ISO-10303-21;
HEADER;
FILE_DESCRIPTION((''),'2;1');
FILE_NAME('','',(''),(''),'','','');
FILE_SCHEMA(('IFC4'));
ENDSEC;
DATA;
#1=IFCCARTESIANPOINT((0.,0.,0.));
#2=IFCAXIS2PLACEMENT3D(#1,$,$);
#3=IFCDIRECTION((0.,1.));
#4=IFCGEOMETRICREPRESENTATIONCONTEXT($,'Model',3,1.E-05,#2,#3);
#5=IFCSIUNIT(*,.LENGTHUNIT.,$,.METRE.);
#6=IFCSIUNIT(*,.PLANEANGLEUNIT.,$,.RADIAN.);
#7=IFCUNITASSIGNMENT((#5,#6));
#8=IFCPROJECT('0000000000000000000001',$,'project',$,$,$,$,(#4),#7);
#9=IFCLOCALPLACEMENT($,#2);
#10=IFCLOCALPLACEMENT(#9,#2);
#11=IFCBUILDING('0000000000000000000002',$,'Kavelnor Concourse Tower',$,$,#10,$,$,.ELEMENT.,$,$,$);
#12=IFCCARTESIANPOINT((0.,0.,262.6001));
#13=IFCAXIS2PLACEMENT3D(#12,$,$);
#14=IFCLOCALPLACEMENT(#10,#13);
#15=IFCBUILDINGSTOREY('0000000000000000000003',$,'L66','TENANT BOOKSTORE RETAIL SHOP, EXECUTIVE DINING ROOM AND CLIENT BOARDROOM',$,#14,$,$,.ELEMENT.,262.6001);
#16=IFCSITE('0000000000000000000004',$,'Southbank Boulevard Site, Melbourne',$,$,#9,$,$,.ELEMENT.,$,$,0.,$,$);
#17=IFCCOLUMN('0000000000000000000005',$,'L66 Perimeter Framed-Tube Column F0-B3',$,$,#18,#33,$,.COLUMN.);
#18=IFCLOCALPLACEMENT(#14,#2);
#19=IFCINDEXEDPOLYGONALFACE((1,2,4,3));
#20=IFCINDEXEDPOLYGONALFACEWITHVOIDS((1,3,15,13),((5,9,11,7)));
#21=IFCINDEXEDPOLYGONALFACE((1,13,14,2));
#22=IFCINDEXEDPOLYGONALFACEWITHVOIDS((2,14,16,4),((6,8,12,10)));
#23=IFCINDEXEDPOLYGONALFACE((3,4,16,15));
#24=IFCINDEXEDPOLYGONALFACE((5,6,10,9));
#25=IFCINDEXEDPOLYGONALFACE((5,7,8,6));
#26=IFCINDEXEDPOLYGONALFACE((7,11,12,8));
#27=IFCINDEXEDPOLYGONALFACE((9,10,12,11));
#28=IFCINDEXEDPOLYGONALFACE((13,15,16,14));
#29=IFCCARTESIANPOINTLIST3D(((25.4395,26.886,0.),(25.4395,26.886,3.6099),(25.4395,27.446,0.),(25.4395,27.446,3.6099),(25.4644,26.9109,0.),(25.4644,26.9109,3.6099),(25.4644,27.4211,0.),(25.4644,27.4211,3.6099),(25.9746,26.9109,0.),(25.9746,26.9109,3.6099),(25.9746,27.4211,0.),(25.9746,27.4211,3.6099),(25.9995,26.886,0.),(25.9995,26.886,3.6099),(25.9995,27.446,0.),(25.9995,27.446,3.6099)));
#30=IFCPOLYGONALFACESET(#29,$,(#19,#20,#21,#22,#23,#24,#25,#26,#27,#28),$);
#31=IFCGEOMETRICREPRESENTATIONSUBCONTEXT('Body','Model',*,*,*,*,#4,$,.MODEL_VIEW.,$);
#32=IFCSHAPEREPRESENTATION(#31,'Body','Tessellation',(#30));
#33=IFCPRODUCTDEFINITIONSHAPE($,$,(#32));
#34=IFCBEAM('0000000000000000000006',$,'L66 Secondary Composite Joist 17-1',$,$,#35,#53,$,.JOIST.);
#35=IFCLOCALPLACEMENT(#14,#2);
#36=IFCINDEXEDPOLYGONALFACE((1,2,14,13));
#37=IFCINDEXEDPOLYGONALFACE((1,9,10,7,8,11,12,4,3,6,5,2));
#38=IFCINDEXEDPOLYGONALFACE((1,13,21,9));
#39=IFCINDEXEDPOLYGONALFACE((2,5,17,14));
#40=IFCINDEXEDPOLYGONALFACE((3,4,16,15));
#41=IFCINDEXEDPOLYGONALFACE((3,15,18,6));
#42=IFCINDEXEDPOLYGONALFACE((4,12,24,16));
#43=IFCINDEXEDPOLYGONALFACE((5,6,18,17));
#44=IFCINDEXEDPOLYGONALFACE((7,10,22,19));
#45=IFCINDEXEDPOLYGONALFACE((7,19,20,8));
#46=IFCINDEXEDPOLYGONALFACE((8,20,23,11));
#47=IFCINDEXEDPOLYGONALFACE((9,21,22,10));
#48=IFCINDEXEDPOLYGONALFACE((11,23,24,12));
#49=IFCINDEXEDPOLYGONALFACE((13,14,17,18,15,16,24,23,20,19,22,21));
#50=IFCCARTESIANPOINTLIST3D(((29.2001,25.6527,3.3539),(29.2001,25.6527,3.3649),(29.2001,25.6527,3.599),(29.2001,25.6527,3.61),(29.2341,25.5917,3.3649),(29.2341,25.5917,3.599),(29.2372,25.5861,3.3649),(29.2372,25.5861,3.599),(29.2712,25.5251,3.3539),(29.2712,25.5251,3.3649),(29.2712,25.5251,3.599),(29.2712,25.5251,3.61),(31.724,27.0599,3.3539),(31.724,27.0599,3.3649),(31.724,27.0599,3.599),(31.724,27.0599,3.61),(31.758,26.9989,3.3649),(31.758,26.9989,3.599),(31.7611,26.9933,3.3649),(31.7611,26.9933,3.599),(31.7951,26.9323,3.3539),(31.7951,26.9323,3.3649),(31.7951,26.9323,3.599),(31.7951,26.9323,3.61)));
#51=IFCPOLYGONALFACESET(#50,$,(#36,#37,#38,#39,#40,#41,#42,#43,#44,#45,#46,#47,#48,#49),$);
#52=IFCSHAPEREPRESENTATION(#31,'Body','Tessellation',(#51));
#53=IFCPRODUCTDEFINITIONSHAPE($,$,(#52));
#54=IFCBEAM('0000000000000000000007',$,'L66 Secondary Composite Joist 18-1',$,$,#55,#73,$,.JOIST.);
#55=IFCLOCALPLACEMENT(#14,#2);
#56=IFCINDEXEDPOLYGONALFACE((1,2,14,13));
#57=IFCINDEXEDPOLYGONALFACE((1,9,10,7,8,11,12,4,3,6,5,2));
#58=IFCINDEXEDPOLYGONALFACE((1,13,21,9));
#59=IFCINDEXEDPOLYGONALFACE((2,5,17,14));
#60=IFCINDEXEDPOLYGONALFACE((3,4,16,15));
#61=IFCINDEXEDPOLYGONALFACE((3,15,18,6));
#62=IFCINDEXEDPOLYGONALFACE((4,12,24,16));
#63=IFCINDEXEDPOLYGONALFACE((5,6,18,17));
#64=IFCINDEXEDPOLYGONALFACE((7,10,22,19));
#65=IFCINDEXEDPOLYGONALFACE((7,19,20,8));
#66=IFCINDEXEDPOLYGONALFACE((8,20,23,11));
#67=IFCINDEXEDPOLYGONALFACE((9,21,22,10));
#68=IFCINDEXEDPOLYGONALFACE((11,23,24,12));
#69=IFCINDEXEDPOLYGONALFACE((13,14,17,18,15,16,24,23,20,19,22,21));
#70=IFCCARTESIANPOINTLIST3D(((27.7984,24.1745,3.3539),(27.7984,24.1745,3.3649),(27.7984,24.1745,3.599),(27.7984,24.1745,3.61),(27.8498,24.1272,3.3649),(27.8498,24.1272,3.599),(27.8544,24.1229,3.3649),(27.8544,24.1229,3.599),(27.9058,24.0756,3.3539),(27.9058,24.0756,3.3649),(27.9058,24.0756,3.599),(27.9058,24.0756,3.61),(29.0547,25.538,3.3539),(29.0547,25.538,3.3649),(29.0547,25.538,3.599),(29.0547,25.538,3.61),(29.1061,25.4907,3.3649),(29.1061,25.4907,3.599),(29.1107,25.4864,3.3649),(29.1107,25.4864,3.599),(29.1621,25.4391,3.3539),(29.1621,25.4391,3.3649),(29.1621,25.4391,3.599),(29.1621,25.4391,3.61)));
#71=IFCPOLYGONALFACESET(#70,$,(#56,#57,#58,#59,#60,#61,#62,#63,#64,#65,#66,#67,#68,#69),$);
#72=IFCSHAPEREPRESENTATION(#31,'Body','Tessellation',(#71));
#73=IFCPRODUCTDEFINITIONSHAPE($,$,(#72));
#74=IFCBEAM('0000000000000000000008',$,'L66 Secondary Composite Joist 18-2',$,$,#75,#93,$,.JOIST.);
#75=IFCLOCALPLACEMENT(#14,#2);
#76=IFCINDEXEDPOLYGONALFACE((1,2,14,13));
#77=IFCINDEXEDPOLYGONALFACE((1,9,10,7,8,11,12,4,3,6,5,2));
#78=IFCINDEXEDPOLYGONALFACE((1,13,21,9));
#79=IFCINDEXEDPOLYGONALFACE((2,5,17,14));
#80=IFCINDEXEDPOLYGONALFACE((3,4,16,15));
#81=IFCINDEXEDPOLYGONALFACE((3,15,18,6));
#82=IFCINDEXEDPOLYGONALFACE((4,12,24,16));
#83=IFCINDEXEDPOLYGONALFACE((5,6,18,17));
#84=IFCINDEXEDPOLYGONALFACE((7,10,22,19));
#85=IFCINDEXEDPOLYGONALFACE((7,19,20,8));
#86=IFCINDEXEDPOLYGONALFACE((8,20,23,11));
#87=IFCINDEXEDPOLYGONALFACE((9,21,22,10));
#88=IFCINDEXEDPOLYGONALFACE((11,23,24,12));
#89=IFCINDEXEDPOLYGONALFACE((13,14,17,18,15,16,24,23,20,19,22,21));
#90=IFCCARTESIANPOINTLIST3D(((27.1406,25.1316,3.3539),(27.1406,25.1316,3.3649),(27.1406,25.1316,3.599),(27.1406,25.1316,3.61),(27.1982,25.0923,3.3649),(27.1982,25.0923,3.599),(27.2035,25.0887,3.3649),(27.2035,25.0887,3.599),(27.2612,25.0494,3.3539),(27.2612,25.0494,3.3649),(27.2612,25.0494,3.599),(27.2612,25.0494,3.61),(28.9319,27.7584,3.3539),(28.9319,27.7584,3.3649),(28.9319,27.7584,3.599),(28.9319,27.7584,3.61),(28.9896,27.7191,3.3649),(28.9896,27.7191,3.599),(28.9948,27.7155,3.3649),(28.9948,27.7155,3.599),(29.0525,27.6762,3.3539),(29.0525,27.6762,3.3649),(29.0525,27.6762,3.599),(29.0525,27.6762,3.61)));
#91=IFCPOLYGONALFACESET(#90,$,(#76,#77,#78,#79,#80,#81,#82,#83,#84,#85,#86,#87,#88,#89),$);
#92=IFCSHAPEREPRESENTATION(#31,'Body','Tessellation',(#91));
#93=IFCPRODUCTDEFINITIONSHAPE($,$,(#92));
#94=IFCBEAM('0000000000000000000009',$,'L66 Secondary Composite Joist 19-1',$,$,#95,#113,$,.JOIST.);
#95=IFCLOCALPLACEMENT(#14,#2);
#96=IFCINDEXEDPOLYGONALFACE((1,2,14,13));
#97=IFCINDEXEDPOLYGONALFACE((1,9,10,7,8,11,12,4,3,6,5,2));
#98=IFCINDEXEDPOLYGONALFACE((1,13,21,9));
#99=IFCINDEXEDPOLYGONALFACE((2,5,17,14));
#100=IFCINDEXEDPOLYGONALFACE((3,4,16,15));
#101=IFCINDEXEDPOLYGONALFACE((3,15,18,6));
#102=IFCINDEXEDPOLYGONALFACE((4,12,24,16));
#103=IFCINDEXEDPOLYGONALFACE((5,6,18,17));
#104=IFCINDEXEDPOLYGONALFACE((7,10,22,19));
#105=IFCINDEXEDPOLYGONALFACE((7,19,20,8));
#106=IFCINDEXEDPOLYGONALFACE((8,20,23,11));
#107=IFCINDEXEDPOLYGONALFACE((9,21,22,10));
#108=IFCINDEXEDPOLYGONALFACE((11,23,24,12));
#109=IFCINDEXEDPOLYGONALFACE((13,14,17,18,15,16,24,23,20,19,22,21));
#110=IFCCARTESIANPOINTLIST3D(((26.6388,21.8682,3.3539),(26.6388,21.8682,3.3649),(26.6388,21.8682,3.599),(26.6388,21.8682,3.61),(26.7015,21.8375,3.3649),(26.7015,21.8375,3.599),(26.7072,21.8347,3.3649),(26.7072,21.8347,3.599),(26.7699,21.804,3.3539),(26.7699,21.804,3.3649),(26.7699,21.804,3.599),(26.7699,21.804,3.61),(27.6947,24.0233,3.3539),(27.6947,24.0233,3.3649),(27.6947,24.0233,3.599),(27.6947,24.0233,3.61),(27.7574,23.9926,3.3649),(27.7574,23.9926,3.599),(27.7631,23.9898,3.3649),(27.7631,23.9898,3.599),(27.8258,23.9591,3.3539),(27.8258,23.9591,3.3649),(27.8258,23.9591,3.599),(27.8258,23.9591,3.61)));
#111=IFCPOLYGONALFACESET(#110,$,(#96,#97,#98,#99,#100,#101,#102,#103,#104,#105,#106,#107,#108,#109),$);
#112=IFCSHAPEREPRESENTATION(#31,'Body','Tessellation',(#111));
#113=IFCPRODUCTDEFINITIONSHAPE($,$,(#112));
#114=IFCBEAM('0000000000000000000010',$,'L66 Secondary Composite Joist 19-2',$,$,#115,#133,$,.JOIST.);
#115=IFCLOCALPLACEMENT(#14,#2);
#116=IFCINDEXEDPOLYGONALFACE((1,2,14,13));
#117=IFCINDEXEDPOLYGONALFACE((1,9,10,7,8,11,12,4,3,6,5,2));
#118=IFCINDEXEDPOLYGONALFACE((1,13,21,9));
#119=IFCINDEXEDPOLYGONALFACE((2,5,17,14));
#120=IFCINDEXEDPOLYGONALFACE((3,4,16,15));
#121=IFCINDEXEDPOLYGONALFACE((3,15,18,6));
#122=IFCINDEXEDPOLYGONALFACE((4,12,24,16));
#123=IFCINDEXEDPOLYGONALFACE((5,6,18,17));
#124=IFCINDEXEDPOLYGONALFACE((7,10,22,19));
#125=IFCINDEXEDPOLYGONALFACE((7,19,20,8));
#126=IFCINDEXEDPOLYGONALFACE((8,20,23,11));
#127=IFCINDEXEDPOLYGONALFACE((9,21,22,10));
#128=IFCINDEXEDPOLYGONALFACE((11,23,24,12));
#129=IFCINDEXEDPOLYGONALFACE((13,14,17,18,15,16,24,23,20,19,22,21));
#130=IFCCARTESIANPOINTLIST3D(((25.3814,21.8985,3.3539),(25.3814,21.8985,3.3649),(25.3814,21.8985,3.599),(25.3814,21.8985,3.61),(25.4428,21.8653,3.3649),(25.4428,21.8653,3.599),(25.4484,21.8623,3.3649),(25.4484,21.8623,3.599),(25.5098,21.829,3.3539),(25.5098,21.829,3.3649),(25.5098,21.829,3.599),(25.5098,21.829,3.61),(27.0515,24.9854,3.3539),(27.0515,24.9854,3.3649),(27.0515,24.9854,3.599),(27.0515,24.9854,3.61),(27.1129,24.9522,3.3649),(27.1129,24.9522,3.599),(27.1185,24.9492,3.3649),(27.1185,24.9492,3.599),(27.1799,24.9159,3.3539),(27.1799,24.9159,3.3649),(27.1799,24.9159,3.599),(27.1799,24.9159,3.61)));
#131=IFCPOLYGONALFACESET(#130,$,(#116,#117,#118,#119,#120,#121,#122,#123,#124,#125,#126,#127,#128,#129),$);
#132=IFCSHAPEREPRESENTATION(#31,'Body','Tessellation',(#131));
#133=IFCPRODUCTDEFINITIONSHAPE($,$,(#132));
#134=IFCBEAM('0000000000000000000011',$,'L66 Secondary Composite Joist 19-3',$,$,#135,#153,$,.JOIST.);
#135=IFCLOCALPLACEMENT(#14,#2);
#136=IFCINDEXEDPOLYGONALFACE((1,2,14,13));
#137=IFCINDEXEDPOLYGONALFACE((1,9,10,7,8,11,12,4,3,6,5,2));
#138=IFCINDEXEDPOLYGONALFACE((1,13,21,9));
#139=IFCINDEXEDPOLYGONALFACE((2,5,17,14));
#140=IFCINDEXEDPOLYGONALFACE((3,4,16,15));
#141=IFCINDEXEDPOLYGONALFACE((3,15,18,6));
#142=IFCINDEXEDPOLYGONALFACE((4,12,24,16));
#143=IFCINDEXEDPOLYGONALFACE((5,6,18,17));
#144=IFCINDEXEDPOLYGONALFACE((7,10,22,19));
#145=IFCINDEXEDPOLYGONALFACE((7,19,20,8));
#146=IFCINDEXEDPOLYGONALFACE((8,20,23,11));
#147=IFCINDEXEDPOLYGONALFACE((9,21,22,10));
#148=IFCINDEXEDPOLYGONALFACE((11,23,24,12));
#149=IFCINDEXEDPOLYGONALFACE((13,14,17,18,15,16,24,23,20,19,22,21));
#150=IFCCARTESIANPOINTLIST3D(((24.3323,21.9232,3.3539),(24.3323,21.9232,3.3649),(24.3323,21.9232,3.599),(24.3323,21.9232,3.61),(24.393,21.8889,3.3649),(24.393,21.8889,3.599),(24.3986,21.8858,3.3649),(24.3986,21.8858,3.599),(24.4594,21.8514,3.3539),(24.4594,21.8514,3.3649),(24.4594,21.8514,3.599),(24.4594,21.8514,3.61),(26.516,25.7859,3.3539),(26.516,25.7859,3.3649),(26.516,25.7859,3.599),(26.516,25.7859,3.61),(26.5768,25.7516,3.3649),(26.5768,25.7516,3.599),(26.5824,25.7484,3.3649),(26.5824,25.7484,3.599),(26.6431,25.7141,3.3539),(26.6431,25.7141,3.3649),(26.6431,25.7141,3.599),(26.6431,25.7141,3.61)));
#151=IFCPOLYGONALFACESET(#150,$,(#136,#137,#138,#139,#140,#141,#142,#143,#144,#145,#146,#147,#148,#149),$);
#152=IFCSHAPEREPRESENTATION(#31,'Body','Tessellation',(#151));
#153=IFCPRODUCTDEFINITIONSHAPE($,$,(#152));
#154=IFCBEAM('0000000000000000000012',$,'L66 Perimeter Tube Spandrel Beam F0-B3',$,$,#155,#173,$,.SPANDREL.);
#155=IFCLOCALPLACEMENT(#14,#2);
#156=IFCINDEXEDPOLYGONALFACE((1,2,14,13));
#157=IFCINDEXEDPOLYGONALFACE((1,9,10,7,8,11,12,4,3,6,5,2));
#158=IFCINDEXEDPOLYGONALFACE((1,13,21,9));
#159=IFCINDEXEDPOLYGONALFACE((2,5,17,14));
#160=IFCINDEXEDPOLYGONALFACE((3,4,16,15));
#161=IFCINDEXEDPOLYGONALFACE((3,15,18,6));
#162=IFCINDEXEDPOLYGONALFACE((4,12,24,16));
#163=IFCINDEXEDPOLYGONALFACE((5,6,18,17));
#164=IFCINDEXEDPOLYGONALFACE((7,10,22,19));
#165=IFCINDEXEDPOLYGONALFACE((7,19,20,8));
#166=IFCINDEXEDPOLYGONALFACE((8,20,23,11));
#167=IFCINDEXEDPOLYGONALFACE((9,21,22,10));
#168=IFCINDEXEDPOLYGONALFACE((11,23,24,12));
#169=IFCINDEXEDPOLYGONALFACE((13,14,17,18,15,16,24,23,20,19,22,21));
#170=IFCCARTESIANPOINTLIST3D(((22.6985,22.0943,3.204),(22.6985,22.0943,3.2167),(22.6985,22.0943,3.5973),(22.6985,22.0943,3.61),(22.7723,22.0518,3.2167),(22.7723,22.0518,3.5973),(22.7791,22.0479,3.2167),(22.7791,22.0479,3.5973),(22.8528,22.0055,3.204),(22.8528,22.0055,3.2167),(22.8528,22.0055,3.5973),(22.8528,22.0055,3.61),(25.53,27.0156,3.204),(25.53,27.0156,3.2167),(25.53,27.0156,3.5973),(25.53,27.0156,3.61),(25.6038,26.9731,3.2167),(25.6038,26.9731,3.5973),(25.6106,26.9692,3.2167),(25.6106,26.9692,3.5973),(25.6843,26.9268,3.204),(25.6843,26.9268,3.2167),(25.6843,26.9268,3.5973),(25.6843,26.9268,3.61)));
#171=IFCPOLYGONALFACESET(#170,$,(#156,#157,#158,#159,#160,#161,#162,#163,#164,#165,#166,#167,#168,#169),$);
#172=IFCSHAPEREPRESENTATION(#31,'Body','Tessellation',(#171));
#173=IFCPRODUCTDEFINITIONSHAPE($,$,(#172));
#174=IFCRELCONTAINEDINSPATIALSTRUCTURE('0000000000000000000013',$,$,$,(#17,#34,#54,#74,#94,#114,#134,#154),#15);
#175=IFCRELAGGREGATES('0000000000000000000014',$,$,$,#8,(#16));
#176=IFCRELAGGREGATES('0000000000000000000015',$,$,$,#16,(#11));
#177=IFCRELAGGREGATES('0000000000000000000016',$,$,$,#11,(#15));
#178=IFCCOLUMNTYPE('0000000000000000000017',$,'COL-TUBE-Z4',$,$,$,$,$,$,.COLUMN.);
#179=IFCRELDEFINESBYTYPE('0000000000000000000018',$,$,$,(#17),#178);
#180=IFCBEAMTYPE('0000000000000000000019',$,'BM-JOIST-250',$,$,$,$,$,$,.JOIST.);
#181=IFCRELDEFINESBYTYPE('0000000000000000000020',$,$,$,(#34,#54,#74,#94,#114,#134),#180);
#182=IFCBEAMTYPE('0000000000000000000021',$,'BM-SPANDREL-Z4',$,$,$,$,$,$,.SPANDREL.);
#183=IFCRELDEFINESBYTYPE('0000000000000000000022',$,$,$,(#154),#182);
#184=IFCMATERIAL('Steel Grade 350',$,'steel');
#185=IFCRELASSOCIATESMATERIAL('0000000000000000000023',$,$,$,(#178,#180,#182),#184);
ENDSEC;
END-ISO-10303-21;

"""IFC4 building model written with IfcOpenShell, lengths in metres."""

from ifc_helpers import new_model, si_unit, direction, frame, origin, origin_2d, place, context, subcontext, project, spatial, hollow_rectangle, i_section, extrude, material, material_profile, profile_set, type_object, element, save


model = new_model("IFC4")

# Units and contexts
model_context = context("Model", 3, precision=1e-05, world=origin(), true_north=direction((0.0, 1.0)))
body_context = subcontext(model_context, "Body", "Model", "MODEL_VIEW")
ifc_project = project(units=[si_unit("LENGTHUNIT", "METRE"), si_unit("PLANEANGLEUNIT", "RADIAN")], contexts=[model_context])

# Site, building, storey
site_placement = place(None, origin())
site = spatial("IfcSite", under=ifc_project, at=site_placement, Name="Southbank Boulevard Site, Melbourne", CompositionType="ELEMENT", RefElevation=0.0)
building_placement = place(site_placement, origin())
building = spatial("IfcBuilding", under=site, at=building_placement, Name="Kavelnor Concourse Tower", CompositionType="ELEMENT")
storey_placement = place(building_placement, frame((0.0, 0.0, 262.6001)))
storey = spatial("IfcBuildingStorey", under=building, at=storey_placement, Name="L66", Description="TENANT BOOKSTORE RETAIL SHOP, EXECUTIVE DINING ROOM AND CLIENT BOARDROOM", CompositionType="ELEMENT", Elevation=262.6001)

# Column
ifc_material_1 = material(Name="Steel Grade 350", Category="steel")
ifc_material_profile_1 = material_profile(ifc_material_1, hollow_rectangle(XDim=0.5601, YDim=0.5601, WallThickness=0.0249, at=origin_2d()), Name="SHS 560x560x25")
ifc_profile_set_1 = profile_set([ifc_material_profile_1], Name="Steel Grade 350")
column_type = type_object("IfcColumnType", Name="COL-TUBE-Z4", PredefinedType="COLUMN", material=ifc_profile_set_1)
column_placement = place(storey_placement, frame((25.7195, 27.166, 0.0), z_axis=(0.0, 0.0, 1.0), x_axis=(1.0, 0.0, 0.0)))
element("IfcColumn", 1, at=column_placement, inside=storey, type_object=column_type, Name="L66 Perimeter Framed-Tube Column F0-B3", PredefinedType="COLUMN", context=body_context, shape_type="SweptSolid", body=[
    extrude(hollow_rectangle(XDim=0.5601, YDim=0.5601, WallThickness=0.0249, at=origin_2d()), origin(), (0.0, 0.0, 1.0), 3.6099),
])

# Beams
ifc_material_profile_2 = material_profile(ifc_material_1, i_section(OverallWidth=0.146, OverallDepth=0.2561, WebThickness=0.0063, FlangeThickness=0.011, at=origin_2d()), Name="250UB37")
ifc_profile_set_2 = profile_set([ifc_material_profile_2], Name="Steel Grade 350")
beam_type_1 = type_object("IfcBeamType", Name="BM-JOIST-250", PredefinedType="JOIST", material=ifc_profile_set_2)
beam_1_placement = place(storey_placement, frame((31.7595, 26.9961, 3.4819), z_axis=(-0.873415, -0.486977, 0.0), x_axis=(0.486977, -0.873415, 0.0)))
element("IfcBeam", 2, at=beam_1_placement, inside=storey, type_object=beam_type_1, Name="L66 Secondary Composite Joist 17-1", PredefinedType="JOIST", context=body_context, shape_type="SweptSolid", body=[
    extrude(i_section(OverallWidth=0.146, OverallDepth=0.2561, WebThickness=0.0063, FlangeThickness=0.011, at=origin_2d()), origin(), (0.0, 0.0, 1.0), 2.8896),
])
beam_2_placement = place(storey_placement, frame((29.1084, 25.4885, 3.4819), z_axis=(-0.677613, -0.735419, 0.0), x_axis=(0.735419, -0.677613, 0.0)))
element("IfcBeam", 3, at=beam_2_placement, inside=storey, type_object=beam_type_1, Name="L66 Secondary Composite Joist 18-1", PredefinedType="JOIST", context=body_context, shape_type="SweptSolid", body=[
    extrude(i_section(OverallWidth=0.146, OverallDepth=0.2561, WebThickness=0.0063, FlangeThickness=0.011, at=origin_2d()), origin(), (0.0, 0.0, 1.0), 1.854),
])
beam_3_placement = place(storey_placement, frame((28.9922, 27.7173, 3.4819), z_axis=(-0.563406, -0.82618, 0.0), x_axis=(0.82618, -0.563406, 0.0)))
element("IfcBeam", 4, at=beam_3_placement, inside=storey, type_object=beam_type_1, Name="L66 Secondary Composite Joist 18-2", PredefinedType="JOIST", context=body_context, shape_type="SweptSolid", body=[
    extrude(i_section(OverallWidth=0.146, OverallDepth=0.2561, WebThickness=0.0063, FlangeThickness=0.011, at=origin_2d()), origin(), (0.0, 0.0, 1.0), 3.1794),
])
beam_4_placement = place(storey_placement, frame((27.7603, 23.9912, 3.4819), z_axis=(-0.439996, -0.898, 0.0), x_axis=(0.898, -0.439996, 0.0)))
element("IfcBeam", 5, at=beam_4_placement, inside=storey, type_object=beam_type_1, Name="L66 Secondary Composite Joist 19-1", PredefinedType="JOIST", context=body_context, shape_type="SweptSolid", body=[
    extrude(i_section(OverallWidth=0.146, OverallDepth=0.2561, WebThickness=0.0063, FlangeThickness=0.011, at=origin_2d()), origin(), (0.0, 0.0, 1.0), 2.3999),
])
beam_5_placement = place(storey_placement, frame((27.1157, 24.9507, 3.4819), z_axis=(-0.475862, -0.87952, 0.0), x_axis=(0.87952, -0.475862, 0.0)))
element("IfcBeam", 6, at=beam_5_placement, inside=storey, type_object=beam_type_1, Name="L66 Secondary Composite Joist 19-2", PredefinedType="JOIST", context=body_context, shape_type="SweptSolid", body=[
    extrude(i_section(OverallWidth=0.146, OverallDepth=0.2561, WebThickness=0.0063, FlangeThickness=0.011, at=origin_2d()), origin(), (0.0, 0.0, 1.0), 3.5098),
])
beam_6_placement = place(storey_placement, frame((26.5796, 25.75, 3.4819), z_axis=(-0.492146, -0.870513, 0.0), x_axis=(0.870513, -0.492146, 0.0)))
element("IfcBeam", 7, at=beam_6_placement, inside=storey, type_object=beam_type_1, Name="L66 Secondary Composite Joist 19-3", PredefinedType="JOIST", context=body_context, shape_type="SweptSolid", body=[
    extrude(i_section(OverallWidth=0.146, OverallDepth=0.2561, WebThickness=0.0063, FlangeThickness=0.011, at=origin_2d()), origin(), (0.0, 0.0, 1.0), 4.4373),
])
ifc_material_profile_3 = material_profile(ifc_material_1, i_section(OverallWidth=0.178, OverallDepth=0.406, WebThickness=0.0078, FlangeThickness=0.0127, at=origin_2d()), Name="410UB59")
ifc_profile_set_3 = profile_set([ifc_material_profile_3], Name="Steel Grade 350")
beam_type_2 = type_object("IfcBeamType", Name="BM-SPANDREL-Z4", PredefinedType="SPANDREL", material=ifc_profile_set_3)
beam_7_placement = place(storey_placement, frame((25.6072, 26.9712, 3.407), z_axis=(-0.498702, -0.866773, 0.0), x_axis=(0.866773, -0.498702, 0.0)))
element("IfcBeam", 8, at=beam_7_placement, inside=storey, type_object=beam_type_2, Name="L66 Perimeter Tube Spandrel Beam F0-B3", PredefinedType="SPANDREL", context=body_context, shape_type="SweptSolid", body=[
    extrude(i_section(OverallWidth=0.178, OverallDepth=0.406, WebThickness=0.0078, FlangeThickness=0.0127, at=origin_2d()), origin(), (0.0, 0.0, 1.0), 5.6777),
])

save(model, "model.ifc")
